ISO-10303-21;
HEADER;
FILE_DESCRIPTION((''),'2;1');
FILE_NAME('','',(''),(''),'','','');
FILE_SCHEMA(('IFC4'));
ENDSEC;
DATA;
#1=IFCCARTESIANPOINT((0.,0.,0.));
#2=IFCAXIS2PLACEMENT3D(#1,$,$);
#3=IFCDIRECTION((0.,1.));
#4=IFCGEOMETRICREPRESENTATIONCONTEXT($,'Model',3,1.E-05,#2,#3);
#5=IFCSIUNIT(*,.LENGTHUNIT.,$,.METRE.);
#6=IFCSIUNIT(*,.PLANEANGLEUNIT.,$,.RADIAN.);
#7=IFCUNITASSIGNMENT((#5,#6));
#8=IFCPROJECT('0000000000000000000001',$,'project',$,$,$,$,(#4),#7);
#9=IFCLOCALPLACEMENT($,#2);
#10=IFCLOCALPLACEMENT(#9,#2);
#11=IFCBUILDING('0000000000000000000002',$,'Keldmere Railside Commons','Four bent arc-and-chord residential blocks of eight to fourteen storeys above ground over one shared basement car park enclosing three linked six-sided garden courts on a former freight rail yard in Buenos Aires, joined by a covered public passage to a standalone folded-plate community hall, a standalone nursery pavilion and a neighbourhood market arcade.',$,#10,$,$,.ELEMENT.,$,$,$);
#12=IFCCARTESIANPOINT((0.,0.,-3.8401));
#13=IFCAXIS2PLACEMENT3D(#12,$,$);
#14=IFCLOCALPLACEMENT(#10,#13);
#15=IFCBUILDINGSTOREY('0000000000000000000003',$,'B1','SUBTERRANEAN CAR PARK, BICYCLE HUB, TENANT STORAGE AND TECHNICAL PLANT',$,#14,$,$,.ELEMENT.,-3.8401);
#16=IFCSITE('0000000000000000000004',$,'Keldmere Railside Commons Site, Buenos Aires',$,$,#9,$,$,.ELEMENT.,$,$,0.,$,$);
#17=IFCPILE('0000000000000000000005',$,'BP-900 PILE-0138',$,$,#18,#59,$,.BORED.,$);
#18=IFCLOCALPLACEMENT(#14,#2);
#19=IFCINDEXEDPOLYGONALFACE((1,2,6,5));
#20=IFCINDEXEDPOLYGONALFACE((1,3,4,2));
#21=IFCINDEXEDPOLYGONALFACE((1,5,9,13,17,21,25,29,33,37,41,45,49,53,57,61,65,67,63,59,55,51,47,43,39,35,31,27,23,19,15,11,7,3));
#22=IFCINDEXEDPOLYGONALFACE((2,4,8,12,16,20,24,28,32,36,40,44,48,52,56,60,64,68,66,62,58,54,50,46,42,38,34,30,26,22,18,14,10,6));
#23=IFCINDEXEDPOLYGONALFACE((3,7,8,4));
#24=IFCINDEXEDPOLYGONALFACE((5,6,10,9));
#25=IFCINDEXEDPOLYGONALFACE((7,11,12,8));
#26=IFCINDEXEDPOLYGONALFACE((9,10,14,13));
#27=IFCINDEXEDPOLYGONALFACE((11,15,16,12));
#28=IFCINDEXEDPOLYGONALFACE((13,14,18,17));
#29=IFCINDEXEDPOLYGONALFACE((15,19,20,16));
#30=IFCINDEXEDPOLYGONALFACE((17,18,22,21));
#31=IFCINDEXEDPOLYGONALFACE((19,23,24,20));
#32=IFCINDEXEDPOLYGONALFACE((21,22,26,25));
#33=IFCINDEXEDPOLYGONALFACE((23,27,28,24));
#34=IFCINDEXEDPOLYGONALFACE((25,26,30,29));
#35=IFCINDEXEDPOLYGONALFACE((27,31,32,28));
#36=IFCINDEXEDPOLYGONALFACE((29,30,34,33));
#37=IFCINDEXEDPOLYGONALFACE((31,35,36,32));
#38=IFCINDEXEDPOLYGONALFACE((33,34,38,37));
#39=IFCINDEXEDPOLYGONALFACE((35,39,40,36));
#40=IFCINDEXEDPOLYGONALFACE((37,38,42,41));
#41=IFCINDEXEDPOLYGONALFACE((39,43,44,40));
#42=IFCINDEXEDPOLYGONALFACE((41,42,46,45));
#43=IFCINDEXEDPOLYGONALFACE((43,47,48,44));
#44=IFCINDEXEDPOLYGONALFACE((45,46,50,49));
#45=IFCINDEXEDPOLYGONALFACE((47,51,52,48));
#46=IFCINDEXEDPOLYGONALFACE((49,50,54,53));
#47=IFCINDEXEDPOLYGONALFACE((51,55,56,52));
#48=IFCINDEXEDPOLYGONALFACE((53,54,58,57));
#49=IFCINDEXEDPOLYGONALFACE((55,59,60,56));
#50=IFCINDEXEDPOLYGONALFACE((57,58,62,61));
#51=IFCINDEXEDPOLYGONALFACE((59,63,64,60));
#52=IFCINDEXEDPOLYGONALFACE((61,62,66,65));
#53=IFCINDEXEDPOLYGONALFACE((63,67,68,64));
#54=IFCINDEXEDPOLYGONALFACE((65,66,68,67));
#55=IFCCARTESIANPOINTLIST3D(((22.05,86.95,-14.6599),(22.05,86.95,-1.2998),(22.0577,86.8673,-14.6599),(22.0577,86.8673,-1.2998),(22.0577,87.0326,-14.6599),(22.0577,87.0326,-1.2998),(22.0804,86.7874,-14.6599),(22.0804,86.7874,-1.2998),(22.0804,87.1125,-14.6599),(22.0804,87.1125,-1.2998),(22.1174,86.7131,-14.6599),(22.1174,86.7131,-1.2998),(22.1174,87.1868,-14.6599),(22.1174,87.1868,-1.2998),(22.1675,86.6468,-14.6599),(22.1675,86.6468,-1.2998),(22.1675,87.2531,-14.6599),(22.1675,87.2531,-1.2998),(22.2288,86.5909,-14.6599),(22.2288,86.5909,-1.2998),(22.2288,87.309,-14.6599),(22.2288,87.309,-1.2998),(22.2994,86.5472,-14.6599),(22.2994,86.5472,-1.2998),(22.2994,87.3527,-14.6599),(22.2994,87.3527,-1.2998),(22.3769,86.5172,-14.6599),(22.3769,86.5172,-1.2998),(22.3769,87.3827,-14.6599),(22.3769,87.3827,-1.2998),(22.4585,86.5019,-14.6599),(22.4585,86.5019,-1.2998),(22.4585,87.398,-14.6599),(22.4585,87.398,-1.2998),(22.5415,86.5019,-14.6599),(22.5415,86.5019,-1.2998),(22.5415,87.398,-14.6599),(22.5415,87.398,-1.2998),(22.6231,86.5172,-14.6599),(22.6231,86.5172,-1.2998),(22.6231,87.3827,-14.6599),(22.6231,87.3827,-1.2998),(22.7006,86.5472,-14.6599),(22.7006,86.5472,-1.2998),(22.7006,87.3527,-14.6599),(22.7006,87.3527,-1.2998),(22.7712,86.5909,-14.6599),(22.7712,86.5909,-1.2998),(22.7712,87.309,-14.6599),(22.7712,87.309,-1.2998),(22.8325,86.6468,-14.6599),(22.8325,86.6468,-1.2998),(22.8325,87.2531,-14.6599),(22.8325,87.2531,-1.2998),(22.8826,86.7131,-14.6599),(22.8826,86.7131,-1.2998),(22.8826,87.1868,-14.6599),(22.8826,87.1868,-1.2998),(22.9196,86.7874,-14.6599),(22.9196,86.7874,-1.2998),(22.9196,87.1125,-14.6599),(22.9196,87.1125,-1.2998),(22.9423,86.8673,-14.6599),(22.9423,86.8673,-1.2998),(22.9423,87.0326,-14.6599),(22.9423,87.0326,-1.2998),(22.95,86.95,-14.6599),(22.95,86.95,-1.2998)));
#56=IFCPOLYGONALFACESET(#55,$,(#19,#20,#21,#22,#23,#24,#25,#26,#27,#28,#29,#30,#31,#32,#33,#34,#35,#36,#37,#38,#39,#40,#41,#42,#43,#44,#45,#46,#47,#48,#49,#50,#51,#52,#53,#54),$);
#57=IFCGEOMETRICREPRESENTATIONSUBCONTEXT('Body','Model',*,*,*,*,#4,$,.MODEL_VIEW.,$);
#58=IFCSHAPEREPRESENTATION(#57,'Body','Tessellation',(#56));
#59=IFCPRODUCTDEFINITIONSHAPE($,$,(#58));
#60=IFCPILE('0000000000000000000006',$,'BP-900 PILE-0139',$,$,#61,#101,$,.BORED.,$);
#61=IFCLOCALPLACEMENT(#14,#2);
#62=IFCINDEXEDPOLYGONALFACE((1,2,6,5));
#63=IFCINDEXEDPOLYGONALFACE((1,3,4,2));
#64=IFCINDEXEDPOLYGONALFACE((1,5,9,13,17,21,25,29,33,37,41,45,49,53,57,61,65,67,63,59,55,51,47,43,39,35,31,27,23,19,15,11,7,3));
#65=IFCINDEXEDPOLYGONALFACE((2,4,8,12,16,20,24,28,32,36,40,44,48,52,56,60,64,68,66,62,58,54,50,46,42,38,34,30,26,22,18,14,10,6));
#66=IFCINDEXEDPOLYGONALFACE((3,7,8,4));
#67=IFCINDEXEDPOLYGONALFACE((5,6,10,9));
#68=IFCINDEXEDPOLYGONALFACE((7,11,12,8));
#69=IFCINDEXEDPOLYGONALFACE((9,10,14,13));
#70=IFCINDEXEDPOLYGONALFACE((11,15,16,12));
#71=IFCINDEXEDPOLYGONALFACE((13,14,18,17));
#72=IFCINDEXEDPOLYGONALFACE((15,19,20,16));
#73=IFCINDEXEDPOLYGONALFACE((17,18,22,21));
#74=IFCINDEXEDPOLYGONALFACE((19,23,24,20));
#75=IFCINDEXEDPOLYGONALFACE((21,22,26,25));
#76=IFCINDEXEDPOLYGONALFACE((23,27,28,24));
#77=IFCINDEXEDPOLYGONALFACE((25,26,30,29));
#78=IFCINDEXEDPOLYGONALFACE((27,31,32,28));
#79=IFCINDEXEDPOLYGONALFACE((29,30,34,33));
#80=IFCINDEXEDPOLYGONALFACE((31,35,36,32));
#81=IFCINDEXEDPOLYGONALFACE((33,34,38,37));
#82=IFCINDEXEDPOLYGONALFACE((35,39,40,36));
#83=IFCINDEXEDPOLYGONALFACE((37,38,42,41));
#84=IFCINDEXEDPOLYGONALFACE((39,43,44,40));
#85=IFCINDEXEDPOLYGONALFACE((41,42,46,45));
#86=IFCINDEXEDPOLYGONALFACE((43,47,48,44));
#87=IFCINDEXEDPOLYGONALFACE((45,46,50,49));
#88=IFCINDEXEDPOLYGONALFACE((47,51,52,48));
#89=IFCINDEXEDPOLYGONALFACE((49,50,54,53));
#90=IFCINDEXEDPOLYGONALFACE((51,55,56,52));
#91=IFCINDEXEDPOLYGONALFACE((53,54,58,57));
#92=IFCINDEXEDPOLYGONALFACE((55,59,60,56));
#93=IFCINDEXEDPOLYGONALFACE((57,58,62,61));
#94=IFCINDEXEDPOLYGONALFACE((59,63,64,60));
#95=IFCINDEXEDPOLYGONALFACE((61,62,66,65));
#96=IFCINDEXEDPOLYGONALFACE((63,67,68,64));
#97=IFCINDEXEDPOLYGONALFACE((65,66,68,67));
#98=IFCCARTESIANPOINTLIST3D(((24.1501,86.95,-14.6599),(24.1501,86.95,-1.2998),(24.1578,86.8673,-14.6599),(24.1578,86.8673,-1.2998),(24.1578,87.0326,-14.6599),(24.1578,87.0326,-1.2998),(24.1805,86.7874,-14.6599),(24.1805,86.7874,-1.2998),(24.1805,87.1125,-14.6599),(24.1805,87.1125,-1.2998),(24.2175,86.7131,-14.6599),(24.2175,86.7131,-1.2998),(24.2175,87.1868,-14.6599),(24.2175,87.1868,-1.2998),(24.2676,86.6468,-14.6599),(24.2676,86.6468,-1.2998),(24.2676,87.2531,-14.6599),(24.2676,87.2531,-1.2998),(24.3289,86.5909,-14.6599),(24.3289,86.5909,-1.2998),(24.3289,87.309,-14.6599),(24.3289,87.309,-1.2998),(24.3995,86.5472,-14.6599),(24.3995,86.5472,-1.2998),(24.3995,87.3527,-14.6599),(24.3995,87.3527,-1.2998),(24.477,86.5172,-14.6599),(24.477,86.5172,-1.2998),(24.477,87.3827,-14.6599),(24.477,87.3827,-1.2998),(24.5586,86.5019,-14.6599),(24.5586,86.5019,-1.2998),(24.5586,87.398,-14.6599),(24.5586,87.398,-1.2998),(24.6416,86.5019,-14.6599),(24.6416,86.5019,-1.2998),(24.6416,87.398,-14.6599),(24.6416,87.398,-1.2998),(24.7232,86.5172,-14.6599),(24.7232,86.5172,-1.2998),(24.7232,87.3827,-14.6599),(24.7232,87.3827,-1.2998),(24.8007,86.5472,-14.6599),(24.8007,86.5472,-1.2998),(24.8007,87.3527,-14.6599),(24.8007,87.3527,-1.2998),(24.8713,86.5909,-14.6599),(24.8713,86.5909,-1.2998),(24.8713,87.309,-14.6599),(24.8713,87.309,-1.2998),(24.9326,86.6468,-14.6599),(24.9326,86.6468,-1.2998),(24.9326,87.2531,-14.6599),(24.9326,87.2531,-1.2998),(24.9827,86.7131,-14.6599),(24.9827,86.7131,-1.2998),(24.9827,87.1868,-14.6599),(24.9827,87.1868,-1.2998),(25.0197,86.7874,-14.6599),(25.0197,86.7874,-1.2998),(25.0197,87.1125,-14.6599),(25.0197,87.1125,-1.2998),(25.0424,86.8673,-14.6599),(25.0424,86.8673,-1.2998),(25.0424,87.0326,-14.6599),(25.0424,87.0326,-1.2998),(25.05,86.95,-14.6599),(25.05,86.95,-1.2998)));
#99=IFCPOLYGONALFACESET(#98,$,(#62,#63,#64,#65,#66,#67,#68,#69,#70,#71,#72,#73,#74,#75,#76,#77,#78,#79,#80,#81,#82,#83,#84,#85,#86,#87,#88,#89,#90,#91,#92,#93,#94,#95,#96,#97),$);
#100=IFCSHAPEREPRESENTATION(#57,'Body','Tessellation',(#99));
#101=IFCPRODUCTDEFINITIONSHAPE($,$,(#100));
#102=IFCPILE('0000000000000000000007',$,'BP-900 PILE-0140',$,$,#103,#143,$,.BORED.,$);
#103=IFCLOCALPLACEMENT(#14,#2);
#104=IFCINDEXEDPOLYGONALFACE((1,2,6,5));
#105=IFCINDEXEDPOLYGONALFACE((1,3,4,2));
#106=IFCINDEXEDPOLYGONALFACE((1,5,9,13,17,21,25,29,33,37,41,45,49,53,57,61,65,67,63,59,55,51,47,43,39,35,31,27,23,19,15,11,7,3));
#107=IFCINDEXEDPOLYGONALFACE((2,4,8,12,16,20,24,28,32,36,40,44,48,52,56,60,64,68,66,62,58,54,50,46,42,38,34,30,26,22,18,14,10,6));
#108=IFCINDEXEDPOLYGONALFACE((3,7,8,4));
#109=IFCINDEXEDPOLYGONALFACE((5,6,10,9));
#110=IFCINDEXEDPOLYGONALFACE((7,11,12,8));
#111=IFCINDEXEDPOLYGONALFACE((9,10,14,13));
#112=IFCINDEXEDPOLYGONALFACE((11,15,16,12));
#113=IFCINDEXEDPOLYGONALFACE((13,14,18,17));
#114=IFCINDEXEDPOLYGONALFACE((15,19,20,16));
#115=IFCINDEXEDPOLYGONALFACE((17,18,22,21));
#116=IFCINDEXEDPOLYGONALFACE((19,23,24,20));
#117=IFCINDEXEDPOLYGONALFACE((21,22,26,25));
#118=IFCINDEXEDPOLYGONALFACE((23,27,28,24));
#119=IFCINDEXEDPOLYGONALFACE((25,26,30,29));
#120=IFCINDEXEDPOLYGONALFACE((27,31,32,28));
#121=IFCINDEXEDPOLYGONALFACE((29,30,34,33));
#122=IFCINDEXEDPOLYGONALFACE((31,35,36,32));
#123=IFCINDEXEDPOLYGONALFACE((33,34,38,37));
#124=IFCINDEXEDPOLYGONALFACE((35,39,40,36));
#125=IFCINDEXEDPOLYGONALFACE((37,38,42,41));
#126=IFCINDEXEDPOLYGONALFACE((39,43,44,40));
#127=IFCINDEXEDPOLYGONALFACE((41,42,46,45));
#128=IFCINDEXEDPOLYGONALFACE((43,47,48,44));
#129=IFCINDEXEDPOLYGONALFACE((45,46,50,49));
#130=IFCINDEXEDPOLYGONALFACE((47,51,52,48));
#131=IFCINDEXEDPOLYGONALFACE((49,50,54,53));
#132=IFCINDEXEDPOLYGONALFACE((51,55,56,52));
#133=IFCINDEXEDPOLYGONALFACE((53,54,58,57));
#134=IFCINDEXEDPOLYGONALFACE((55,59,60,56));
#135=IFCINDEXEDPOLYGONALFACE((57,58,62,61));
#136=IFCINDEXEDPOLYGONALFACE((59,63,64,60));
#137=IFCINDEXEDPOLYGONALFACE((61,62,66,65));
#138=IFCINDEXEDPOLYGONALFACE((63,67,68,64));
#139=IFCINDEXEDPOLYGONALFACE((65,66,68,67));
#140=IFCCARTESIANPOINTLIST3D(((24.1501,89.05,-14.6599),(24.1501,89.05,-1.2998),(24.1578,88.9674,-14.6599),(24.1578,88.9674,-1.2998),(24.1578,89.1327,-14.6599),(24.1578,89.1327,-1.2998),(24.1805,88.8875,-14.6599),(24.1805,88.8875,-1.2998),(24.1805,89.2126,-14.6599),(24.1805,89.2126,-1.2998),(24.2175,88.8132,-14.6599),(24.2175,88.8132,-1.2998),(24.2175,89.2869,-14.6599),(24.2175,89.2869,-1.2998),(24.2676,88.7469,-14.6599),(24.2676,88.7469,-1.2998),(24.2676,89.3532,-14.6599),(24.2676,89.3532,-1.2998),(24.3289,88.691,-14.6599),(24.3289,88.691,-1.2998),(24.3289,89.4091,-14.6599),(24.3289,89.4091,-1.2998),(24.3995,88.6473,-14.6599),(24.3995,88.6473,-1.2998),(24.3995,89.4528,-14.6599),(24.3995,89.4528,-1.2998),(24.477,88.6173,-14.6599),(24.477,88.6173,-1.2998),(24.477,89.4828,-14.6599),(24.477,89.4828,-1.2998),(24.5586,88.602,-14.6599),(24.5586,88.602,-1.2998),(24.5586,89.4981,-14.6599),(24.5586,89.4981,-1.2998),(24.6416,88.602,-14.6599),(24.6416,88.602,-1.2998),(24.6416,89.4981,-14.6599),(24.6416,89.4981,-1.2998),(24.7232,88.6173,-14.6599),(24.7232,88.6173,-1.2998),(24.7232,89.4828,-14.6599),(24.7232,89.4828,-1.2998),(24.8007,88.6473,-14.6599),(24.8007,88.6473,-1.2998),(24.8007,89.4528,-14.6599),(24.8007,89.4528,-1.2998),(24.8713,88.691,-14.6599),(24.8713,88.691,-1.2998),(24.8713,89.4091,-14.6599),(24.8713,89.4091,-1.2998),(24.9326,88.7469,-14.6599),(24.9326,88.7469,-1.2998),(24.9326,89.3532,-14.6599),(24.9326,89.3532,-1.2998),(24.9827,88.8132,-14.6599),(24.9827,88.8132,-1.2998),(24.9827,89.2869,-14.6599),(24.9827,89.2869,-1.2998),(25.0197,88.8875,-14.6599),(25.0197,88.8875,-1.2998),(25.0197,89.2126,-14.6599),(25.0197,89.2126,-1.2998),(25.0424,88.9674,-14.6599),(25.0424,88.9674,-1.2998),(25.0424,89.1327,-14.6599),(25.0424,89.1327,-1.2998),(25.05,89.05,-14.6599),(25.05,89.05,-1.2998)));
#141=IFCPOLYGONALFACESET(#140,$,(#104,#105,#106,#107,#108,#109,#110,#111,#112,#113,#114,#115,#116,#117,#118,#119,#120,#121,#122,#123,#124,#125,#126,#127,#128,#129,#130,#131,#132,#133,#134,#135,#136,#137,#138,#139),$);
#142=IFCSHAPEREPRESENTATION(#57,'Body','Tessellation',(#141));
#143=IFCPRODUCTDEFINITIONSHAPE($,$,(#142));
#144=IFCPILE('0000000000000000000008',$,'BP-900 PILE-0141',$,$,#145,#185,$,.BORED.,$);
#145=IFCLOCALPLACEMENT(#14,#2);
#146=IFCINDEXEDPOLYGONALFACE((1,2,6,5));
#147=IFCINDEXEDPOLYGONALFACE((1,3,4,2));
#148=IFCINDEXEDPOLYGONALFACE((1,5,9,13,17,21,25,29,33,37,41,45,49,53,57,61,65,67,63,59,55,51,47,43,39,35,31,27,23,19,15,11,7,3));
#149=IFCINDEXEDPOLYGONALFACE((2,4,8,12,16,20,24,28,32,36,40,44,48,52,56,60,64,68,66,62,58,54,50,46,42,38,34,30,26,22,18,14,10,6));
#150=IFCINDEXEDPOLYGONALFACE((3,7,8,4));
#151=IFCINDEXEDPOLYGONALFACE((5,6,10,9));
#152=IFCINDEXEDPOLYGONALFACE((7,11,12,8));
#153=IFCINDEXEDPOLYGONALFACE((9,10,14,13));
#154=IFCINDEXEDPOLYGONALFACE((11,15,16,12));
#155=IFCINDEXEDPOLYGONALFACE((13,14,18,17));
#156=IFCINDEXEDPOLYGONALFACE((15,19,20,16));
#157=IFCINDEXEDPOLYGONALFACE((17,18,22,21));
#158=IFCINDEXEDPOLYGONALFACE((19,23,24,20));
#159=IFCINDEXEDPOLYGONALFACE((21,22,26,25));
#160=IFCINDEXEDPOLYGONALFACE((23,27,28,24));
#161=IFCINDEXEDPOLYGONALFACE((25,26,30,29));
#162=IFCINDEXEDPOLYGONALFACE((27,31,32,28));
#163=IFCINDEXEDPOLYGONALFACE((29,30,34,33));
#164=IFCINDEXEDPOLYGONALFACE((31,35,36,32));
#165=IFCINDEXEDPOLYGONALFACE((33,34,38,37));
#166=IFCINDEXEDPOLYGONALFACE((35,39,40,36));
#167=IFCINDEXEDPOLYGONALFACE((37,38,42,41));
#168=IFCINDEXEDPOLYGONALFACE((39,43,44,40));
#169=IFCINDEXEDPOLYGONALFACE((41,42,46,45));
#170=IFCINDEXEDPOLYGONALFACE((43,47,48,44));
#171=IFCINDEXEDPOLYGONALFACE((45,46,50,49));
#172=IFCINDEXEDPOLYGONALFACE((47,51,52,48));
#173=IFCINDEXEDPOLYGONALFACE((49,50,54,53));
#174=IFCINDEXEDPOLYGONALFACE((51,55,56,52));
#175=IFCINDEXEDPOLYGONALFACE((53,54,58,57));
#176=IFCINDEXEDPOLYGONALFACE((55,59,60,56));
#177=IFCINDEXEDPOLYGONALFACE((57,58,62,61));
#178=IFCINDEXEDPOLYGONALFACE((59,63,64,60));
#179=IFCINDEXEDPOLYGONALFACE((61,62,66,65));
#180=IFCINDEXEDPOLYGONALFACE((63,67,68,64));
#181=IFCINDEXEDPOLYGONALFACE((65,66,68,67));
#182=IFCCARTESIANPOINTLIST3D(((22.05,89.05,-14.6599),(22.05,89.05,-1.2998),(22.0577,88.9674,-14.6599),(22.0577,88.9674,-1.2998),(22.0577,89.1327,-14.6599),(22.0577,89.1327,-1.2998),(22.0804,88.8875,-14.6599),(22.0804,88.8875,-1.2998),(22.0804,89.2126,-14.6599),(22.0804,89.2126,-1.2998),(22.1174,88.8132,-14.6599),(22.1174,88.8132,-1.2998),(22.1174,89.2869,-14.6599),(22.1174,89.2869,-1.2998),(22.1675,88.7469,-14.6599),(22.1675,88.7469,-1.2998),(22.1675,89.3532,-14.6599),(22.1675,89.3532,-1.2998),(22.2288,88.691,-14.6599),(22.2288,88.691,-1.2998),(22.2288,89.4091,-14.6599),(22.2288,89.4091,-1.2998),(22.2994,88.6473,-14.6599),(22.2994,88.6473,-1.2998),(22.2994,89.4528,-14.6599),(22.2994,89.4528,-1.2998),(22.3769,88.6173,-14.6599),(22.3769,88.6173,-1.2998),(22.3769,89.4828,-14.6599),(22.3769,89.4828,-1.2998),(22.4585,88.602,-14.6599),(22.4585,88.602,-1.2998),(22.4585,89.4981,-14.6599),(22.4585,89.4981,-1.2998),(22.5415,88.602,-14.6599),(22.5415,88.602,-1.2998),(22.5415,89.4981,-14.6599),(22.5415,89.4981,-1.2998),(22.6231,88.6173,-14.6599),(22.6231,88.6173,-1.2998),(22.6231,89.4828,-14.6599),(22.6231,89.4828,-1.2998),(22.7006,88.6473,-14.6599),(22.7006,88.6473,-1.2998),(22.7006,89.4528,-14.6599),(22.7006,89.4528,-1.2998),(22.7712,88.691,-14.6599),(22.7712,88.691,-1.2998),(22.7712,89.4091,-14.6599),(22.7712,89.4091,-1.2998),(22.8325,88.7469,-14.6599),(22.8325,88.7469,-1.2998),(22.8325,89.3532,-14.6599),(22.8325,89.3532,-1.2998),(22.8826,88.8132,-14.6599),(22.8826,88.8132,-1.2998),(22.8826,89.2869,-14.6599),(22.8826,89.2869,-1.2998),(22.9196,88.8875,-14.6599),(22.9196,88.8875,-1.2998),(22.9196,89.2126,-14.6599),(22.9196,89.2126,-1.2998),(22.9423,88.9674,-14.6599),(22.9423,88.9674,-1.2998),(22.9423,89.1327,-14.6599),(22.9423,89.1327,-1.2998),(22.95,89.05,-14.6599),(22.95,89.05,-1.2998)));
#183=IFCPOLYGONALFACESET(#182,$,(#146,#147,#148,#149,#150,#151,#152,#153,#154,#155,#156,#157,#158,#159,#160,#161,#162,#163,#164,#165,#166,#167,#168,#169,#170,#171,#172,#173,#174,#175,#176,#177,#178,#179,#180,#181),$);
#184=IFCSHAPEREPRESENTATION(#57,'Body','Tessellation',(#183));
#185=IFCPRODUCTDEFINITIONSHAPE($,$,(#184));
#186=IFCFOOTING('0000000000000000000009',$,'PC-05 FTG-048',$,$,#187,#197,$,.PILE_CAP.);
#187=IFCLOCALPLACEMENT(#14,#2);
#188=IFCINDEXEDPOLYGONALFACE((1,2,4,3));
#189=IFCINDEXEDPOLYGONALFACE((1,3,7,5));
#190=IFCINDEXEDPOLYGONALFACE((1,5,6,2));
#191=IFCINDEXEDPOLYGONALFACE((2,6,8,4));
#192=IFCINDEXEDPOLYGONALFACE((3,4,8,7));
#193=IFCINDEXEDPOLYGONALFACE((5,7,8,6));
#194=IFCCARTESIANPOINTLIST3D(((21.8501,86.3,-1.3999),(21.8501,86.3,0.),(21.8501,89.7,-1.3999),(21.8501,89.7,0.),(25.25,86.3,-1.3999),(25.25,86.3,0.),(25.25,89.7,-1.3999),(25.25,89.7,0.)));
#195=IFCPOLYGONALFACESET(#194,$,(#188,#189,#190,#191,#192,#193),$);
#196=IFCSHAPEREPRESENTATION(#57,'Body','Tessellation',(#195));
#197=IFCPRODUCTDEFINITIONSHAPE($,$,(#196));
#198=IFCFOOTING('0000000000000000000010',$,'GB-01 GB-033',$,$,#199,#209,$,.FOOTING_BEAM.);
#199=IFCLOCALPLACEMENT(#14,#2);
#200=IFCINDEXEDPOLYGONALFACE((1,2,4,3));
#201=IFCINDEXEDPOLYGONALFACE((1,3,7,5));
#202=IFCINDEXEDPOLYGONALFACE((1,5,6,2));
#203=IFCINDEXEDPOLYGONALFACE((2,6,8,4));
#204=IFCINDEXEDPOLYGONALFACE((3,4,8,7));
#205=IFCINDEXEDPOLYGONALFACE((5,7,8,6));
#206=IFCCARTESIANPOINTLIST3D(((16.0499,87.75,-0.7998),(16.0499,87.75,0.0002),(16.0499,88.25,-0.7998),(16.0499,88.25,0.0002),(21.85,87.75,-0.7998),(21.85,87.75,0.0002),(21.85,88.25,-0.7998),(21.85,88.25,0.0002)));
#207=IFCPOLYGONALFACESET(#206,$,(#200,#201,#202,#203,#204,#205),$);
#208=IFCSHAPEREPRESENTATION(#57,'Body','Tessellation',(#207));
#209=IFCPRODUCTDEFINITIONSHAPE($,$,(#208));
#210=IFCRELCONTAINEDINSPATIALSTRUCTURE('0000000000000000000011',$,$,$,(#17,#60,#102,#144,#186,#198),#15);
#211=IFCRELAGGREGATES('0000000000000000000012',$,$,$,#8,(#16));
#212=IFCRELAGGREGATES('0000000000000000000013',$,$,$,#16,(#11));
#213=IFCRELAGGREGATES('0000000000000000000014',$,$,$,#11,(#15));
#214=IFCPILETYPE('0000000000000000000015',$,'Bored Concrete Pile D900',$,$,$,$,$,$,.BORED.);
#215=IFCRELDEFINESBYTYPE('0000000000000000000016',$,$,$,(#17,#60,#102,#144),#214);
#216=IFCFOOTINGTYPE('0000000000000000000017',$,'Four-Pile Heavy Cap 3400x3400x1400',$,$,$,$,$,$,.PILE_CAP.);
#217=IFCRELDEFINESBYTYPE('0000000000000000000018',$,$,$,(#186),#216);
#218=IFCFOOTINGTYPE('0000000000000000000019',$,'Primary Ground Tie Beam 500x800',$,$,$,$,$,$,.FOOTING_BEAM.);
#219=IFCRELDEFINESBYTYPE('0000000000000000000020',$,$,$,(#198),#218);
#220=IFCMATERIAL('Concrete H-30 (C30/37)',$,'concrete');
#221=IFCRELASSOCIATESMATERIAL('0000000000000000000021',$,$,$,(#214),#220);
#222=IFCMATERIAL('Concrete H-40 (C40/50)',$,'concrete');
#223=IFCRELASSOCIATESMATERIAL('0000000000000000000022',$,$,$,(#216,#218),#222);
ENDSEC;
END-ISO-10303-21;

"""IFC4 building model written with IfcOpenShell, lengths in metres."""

from ifc_helpers import new_model, si_unit, direction, frame, origin, origin_2d, place, context, subcontext, project, spatial, rectangle, circle, extrude, material, material_profile, profile_set, type_object, element, save


model = new_model("IFC4")

# Units and contexts
model_context = context("Model", 3, precision=1e-05, world=origin(), true_north=direction((0.0, 1.0)))
body_context = subcontext(model_context, "Body", "Model", "MODEL_VIEW")
ifc_project = project(units=[si_unit("LENGTHUNIT", "METRE"), si_unit("PLANEANGLEUNIT", "RADIAN")], contexts=[model_context])

# Site, building, storey
site_placement = place(None, origin())
site = spatial("IfcSite", under=ifc_project, at=site_placement, Name="Keldmere Railside Commons Site, Buenos Aires", CompositionType="ELEMENT", RefElevation=0.0)
building_placement = place(site_placement, origin())
building = spatial("IfcBuilding", under=site, at=building_placement, Name="Keldmere Railside Commons", Description="Four bent arc-and-chord residential blocks of eight to fourteen storeys above ground over one shared basement car park enclosing three linked six-sided garden courts on a former freight rail yard in Buenos Aires, joined by a covered public passage to a standalone folded-plate community hall, a standalone nursery pavilion and a neighbourhood market arcade.", CompositionType="ELEMENT")
storey_placement = place(building_placement, frame((0.0, 0.0, -3.8401)))
storey = spatial("IfcBuildingStorey", under=building, at=storey_placement, Name="B1", Description="SUBTERRANEAN CAR PARK, BICYCLE HUB, TENANT STORAGE AND TECHNICAL PLANT", CompositionType="ELEMENT", Elevation=-3.8401)

# Piles
ifc_material_1 = material(Name="Concrete H-30 (C30/37)", Category="concrete")
ifc_material_profile_1 = material_profile(ifc_material_1, circle(Radius=0.45, at=origin_2d()), Name="PILE-D900")
ifc_profile_set_1 = profile_set([ifc_material_profile_1], Name="Concrete H-30 (C30/37)")
pile_type = type_object("IfcPileType", Name="Bored Concrete Pile D900", PredefinedType="BORED", material=ifc_profile_set_1)
for number, where, z_axis, x_axis, name in (
    (1, (22.5, 86.95, -1.2998), (0.0, 0.0, -1.0), (1.0, 0.0, 0.0), "BP-900 PILE-0138"),
    (2, (24.6001, 86.95, -1.2998), (0.0, 0.0, -1.0), (1.0, 0.0, 0.0), "BP-900 PILE-0139"),
    (3, (24.6001, 89.05, -1.2998), (0.0, 0.0, -1.0), (1.0, 0.0, 0.0), "BP-900 PILE-0140"),
    (4, (22.5, 89.05, -1.2998), (0.0, 0.0, -1.0), (1.0, 0.0, 0.0), "BP-900 PILE-0141"),
):
    element("IfcPile", number, at=place(storey_placement, frame(where, z_axis=z_axis, x_axis=x_axis)), inside=storey, type_object=pile_type, Name=name, PredefinedType="BORED", context=body_context, shape_type="SweptSolid", body=[
        extrude(circle(Radius=0.45, at=origin_2d()), origin(), (0.0, 0.0, 1.0), 13.3601),
    ])

# Footings
ifc_material_2 = material(Name="Concrete H-40 (C40/50)", Category="concrete")
footing_type_1 = type_object("IfcFootingType", Name="Four-Pile Heavy Cap 3400x3400x1400", PredefinedType="PILE_CAP", material=ifc_material_2)
footing_1_placement = place(storey_placement, frame((23.55, 88.0, -1.3999), z_axis=(0.0, 0.0, 1.0), x_axis=(1.0, 0.0, 0.0)))
element("IfcFooting", 5, at=footing_1_placement, inside=storey, type_object=footing_type_1, Name="PC-05 FTG-048", PredefinedType="PILE_CAP", context=body_context, shape_type="SweptSolid", body=[
    extrude(rectangle(XDim=3.3999, YDim=3.3999, at=origin_2d()), origin(), (0.0, 0.0, 1.0), 1.3999),
])
footing_type_2 = type_object("IfcFootingType", Name="Primary Ground Tie Beam 500x800", PredefinedType="FOOTING_BEAM", material=ifc_material_2)
footing_2_placement = place(storey_placement, frame((18.95, 88.0, -0.7998), z_axis=(0.0, 0.0, 1.0), x_axis=(1.0, 0.0, 0.0)))
element("IfcFooting", 6, at=footing_2_placement, inside=storey, type_object=footing_type_2, Name="GB-01 GB-033", PredefinedType="FOOTING_BEAM", context=body_context, shape_type="SweptSolid", body=[
    extrude(rectangle(XDim=5.8, YDim=0.5, at=origin_2d()), origin(), (0.0, 0.0, 1.0), 0.8),
])

save(model, "model.ifc")
